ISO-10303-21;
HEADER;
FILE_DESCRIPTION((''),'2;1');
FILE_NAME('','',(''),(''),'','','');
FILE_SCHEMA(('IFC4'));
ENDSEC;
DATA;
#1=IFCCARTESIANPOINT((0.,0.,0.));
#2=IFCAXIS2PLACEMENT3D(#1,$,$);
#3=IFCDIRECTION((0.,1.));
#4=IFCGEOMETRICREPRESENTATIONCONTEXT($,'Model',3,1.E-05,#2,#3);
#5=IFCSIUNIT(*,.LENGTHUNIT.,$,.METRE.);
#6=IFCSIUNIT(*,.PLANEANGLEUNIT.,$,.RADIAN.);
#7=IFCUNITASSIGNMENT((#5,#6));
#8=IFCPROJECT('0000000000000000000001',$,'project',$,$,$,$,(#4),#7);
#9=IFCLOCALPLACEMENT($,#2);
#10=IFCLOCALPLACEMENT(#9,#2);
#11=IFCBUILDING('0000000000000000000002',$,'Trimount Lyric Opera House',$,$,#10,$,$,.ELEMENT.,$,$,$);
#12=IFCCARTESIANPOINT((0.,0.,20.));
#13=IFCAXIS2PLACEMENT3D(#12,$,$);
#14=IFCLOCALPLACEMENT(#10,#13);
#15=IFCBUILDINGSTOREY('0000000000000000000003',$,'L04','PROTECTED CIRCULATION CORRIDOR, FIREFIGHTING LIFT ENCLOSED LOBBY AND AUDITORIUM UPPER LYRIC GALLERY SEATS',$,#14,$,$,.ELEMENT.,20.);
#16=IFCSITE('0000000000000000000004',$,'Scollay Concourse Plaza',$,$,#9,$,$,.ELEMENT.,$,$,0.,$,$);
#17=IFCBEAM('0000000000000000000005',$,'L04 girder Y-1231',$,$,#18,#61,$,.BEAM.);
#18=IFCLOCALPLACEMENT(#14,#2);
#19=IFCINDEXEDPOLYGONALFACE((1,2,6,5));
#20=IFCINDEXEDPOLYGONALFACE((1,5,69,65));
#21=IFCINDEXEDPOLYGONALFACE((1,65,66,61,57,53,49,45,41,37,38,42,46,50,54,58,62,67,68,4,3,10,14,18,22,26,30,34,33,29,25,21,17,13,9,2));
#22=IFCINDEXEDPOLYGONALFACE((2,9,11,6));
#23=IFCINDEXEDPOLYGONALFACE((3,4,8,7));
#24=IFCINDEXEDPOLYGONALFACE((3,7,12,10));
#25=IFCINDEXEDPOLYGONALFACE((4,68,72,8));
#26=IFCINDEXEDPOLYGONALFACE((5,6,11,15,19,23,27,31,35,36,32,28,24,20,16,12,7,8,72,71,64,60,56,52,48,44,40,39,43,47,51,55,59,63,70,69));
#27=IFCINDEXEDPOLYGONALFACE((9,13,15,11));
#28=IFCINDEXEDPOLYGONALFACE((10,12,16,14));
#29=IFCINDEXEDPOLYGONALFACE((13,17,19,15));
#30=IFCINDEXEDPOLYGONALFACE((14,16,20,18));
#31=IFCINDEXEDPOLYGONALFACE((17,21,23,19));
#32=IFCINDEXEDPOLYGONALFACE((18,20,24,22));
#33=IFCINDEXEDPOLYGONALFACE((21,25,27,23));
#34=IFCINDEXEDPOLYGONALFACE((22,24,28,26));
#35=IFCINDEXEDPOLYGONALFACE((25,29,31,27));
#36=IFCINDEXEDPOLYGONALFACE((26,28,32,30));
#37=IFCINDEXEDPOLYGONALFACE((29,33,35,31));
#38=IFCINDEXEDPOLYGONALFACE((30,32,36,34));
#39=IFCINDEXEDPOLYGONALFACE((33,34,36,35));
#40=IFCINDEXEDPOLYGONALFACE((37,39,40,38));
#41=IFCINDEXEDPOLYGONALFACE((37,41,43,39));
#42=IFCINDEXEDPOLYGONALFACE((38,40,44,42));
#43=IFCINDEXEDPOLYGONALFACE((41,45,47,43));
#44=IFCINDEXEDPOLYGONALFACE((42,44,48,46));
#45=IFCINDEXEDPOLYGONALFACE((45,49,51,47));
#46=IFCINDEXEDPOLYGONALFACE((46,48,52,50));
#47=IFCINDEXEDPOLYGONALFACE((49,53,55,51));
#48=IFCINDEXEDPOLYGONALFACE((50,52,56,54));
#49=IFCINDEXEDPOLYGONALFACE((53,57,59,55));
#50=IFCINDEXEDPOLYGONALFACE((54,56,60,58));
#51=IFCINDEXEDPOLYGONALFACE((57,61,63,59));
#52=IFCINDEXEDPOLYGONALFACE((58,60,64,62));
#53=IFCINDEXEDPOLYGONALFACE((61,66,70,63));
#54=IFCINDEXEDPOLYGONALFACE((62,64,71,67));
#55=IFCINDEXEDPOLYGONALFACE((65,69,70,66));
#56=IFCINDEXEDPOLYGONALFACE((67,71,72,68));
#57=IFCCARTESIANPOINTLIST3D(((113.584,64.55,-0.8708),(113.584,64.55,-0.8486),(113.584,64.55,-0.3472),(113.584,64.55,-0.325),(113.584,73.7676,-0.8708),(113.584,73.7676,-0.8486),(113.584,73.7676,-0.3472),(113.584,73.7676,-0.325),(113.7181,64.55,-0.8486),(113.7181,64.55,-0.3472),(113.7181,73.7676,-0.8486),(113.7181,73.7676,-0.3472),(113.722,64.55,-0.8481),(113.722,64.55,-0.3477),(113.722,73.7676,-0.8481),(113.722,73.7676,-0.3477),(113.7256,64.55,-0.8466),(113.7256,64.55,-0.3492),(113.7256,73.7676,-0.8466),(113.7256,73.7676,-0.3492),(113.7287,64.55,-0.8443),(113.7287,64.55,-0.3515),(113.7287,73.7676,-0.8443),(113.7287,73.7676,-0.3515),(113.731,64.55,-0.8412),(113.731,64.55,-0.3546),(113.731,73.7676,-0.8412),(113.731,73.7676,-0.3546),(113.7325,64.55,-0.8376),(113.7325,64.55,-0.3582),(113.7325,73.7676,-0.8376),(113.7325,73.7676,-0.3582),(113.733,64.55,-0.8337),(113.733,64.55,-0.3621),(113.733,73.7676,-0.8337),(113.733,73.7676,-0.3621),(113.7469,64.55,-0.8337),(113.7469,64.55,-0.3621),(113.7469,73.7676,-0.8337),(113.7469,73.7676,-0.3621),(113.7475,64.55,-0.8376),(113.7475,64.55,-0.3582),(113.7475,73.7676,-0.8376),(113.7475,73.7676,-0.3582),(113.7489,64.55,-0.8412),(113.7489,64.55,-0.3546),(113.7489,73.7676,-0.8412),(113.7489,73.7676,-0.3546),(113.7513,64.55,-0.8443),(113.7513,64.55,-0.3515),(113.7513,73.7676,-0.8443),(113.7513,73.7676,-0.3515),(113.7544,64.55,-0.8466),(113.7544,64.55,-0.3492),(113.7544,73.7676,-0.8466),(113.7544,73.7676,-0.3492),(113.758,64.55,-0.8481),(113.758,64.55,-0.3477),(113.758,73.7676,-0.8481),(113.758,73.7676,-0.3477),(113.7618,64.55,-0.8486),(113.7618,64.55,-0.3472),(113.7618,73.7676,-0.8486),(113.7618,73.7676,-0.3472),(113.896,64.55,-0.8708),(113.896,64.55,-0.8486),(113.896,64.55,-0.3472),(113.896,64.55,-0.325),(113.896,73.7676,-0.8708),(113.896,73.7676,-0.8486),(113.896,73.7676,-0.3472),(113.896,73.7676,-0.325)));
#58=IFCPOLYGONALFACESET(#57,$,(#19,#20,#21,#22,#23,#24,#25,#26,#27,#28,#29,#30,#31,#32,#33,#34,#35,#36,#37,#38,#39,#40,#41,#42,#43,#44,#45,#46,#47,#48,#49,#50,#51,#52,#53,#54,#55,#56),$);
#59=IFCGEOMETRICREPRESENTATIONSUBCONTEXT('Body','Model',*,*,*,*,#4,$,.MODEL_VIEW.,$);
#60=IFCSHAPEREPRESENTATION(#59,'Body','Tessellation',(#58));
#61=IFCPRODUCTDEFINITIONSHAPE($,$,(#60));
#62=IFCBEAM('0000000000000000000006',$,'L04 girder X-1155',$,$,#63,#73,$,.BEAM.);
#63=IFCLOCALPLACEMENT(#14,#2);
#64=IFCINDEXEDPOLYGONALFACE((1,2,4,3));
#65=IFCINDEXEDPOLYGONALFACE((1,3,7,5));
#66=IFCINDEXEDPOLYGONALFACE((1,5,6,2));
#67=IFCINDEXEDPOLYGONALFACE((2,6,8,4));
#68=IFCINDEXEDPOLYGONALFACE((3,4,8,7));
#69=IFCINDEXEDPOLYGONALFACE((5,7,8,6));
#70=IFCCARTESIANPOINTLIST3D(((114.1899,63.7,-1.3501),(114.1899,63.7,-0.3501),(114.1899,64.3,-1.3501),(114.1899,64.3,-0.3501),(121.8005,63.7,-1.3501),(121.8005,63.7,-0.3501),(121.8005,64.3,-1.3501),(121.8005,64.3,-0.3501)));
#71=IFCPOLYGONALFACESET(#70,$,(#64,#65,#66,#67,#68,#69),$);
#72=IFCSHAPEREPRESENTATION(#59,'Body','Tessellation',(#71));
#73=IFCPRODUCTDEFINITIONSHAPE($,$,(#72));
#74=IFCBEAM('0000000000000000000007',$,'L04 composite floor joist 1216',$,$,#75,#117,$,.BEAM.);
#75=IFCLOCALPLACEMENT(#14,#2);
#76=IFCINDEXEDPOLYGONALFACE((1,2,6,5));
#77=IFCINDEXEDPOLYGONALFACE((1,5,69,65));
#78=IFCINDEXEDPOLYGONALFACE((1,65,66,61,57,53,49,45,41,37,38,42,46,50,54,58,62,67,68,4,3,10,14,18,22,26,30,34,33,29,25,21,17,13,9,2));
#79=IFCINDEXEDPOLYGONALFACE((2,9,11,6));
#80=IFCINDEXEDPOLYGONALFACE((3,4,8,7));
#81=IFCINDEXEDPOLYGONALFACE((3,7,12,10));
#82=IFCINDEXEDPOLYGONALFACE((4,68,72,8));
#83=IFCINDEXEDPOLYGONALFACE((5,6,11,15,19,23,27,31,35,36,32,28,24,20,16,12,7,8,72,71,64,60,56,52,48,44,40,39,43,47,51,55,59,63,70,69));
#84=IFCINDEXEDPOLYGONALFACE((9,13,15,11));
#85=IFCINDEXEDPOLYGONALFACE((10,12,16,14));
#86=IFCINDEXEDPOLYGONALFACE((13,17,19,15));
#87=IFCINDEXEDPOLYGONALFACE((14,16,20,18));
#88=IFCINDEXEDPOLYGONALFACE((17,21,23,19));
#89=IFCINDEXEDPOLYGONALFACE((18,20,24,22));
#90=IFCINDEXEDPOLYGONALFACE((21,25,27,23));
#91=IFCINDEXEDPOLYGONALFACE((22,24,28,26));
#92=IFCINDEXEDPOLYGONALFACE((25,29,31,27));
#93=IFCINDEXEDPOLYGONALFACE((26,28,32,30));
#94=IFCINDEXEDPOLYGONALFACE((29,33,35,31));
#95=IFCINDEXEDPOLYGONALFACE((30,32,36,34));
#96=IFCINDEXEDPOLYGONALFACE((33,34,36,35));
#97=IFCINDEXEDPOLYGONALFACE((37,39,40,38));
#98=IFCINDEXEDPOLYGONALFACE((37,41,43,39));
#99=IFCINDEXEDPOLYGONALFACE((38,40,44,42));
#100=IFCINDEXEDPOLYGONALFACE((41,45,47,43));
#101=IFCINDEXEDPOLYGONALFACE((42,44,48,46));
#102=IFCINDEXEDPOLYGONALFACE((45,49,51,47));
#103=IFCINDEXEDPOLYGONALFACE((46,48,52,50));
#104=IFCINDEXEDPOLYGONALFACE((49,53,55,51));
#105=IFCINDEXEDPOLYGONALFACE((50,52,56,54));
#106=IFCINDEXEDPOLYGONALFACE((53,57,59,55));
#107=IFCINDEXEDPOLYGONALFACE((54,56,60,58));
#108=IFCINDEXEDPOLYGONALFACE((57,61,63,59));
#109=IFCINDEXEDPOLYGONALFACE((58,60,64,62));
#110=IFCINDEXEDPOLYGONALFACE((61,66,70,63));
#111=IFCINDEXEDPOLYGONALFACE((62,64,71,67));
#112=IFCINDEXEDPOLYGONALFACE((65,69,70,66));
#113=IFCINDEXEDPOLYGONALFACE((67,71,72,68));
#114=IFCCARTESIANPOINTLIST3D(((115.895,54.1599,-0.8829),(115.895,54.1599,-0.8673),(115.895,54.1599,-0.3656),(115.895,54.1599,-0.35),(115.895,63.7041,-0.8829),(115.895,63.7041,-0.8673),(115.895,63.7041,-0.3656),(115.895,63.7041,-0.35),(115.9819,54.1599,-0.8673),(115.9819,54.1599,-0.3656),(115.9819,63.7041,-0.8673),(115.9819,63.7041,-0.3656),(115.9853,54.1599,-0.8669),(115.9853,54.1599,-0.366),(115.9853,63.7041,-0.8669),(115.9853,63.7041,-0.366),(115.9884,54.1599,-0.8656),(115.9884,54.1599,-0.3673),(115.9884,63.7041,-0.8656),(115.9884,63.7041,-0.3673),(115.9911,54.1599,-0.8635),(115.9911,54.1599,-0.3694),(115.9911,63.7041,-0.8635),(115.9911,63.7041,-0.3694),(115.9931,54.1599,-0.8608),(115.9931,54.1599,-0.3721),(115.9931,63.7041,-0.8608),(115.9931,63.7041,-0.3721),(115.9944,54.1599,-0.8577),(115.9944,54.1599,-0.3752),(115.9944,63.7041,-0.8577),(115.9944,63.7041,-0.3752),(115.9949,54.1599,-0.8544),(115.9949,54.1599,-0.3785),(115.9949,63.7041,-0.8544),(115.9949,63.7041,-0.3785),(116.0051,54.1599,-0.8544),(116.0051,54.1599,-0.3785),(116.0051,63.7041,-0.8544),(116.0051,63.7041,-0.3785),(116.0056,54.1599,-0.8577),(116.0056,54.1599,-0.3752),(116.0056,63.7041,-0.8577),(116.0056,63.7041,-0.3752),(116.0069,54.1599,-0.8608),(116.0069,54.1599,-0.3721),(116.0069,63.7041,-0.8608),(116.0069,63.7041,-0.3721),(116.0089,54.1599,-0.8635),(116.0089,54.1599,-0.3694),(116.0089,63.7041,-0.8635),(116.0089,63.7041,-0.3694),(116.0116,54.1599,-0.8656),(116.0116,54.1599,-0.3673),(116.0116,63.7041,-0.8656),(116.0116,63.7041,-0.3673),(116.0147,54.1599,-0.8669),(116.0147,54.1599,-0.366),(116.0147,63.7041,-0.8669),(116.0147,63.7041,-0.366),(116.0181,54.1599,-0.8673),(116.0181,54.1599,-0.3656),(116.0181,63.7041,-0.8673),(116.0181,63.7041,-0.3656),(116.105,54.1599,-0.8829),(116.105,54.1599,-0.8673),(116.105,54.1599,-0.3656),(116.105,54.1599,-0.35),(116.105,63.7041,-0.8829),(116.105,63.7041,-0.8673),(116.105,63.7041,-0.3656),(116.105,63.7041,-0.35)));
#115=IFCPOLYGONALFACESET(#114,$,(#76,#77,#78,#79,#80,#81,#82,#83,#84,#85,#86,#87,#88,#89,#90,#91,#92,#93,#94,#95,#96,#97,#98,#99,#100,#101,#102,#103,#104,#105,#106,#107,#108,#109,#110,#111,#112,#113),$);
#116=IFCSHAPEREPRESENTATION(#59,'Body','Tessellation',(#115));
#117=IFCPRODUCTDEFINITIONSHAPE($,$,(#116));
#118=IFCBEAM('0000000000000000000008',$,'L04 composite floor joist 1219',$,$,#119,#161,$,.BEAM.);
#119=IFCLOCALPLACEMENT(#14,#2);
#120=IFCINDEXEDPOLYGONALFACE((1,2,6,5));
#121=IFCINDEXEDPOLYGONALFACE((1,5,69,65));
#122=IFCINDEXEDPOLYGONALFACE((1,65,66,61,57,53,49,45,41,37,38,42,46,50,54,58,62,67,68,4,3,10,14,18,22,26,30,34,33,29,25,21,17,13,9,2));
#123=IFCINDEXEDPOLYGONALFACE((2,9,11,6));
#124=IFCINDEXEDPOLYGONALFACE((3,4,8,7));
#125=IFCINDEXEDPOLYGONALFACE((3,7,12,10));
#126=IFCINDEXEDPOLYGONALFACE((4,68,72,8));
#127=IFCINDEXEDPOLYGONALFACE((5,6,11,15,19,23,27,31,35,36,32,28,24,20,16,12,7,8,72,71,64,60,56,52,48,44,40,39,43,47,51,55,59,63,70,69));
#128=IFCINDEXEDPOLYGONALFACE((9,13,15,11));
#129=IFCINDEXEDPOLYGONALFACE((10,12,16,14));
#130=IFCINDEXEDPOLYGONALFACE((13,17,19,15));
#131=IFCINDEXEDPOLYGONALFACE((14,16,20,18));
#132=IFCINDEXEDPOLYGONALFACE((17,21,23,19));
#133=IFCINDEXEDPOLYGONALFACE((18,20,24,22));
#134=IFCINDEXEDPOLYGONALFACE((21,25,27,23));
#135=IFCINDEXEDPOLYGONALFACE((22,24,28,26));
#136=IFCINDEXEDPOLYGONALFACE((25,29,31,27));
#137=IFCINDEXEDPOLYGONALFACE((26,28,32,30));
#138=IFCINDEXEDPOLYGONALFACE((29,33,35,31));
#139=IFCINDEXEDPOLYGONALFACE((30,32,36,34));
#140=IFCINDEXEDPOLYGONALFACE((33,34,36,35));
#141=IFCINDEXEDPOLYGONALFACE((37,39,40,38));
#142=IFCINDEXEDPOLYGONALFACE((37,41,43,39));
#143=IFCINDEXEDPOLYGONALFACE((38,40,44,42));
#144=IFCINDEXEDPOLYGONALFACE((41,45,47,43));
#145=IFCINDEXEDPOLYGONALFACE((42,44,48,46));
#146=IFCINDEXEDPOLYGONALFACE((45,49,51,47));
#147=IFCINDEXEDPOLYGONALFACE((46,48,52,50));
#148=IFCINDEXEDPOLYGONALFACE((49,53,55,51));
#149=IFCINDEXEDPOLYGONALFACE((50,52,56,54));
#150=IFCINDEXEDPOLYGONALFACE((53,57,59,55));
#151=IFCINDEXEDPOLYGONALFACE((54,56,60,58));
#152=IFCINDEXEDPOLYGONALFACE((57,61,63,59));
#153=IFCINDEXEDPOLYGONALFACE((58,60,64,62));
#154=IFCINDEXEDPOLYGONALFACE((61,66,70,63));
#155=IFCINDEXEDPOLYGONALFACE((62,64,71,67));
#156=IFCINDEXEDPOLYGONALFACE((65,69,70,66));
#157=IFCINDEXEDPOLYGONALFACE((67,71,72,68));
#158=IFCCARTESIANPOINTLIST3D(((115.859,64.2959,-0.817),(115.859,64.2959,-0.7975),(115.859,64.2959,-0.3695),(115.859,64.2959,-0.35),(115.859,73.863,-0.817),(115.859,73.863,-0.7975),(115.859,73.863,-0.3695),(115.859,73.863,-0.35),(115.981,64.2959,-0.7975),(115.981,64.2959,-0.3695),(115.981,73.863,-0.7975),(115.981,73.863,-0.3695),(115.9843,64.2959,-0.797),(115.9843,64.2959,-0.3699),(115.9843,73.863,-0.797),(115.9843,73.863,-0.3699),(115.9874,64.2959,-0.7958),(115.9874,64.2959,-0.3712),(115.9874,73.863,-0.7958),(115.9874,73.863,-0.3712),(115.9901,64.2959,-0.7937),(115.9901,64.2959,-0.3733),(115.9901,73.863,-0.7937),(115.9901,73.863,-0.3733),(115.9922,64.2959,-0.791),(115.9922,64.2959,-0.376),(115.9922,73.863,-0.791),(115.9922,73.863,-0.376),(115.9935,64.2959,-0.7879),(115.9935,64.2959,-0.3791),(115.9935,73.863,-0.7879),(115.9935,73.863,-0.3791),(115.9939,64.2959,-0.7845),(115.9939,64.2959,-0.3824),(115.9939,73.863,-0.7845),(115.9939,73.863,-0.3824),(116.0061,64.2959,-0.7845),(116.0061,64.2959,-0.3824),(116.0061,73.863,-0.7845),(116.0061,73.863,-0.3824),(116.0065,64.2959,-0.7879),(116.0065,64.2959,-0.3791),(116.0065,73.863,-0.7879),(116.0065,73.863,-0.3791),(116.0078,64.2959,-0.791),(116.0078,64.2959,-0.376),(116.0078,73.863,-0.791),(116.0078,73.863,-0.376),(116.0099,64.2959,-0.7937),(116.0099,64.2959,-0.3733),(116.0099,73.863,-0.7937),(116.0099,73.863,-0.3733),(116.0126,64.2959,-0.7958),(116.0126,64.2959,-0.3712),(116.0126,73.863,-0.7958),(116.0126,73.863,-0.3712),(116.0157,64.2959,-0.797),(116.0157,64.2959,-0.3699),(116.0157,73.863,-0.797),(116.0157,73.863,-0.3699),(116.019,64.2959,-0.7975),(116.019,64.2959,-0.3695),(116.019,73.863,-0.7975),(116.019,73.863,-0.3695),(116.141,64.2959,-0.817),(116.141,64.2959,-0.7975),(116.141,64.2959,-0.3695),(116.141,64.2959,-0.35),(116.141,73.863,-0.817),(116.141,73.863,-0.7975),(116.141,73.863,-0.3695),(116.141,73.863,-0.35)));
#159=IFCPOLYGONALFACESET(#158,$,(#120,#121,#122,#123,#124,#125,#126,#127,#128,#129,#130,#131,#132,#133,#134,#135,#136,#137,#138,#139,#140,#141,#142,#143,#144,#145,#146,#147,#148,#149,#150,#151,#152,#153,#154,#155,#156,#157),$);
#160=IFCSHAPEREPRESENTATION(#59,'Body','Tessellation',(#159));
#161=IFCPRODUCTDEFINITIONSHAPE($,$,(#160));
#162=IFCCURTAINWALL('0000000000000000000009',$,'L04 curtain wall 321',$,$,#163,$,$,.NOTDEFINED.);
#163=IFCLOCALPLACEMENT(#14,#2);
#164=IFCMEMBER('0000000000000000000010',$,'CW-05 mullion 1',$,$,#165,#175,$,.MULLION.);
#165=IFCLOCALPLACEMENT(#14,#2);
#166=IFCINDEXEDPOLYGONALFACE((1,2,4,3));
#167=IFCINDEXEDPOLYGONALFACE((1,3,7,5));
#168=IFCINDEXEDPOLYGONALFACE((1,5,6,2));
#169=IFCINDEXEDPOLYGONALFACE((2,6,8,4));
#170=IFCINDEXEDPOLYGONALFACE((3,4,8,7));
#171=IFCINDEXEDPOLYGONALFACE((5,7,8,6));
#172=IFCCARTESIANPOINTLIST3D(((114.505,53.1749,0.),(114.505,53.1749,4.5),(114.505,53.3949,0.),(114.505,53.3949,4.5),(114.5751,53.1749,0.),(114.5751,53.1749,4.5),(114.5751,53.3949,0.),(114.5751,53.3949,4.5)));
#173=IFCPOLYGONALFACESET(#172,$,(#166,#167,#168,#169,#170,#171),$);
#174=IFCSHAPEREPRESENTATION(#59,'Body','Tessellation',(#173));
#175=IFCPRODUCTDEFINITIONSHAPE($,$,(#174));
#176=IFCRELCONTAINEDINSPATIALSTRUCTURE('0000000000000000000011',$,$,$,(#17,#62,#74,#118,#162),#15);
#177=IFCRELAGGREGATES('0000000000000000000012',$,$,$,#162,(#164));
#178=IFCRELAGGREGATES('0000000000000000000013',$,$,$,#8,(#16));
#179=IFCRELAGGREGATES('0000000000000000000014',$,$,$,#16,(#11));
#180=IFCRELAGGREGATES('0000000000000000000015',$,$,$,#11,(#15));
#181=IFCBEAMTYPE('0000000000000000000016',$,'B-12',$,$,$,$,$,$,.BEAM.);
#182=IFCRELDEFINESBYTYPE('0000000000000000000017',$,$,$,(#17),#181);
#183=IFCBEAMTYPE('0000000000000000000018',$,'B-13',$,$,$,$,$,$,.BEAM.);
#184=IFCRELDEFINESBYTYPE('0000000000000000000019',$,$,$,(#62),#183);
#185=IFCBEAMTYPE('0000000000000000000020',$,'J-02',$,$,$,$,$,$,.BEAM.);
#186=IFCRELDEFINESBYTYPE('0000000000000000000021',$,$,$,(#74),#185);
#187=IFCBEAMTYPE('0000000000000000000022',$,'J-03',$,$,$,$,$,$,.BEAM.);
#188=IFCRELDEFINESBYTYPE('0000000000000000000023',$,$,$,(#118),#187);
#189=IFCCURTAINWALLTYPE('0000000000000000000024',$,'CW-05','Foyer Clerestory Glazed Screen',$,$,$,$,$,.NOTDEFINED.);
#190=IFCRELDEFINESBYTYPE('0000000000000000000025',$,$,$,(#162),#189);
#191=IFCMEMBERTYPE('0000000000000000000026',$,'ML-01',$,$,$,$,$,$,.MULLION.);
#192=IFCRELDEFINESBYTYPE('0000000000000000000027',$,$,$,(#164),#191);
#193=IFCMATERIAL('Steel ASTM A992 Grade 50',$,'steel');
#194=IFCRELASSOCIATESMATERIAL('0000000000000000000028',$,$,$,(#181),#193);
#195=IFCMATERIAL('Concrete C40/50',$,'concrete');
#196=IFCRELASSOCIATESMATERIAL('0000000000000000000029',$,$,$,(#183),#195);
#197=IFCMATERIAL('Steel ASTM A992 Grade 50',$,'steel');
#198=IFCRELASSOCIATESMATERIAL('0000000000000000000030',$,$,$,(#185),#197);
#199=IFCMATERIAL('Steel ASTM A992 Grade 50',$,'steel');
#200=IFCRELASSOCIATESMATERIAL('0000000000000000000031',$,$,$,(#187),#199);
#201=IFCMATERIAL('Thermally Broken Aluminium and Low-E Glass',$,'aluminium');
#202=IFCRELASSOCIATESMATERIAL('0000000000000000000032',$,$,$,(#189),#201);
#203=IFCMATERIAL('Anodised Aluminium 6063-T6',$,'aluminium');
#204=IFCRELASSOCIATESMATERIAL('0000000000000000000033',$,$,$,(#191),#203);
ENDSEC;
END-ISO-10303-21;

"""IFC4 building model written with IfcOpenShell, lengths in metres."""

from ifc_helpers import new_model, si_unit, direction, frame, origin, origin_2d, place, context, subcontext, project, spatial, rectangle, i_section, extrude, material, material_profile, profile_set, type_object, element, aggregate, save


model = new_model("IFC4")

# Units and contexts
model_context = context("Model", 3, precision=1e-05, world=origin(), true_north=direction((0.0, 1.0)))
body_context = subcontext(model_context, "Body", "Model", "MODEL_VIEW")
ifc_project = project(units=[si_unit("LENGTHUNIT", "METRE"), si_unit("PLANEANGLEUNIT", "RADIAN")], contexts=[model_context])

# Site, building, storey
site_placement = place(None, origin())
site = spatial("IfcSite", under=ifc_project, at=site_placement, Name="Scollay Concourse Plaza", CompositionType="ELEMENT", RefElevation=0.0)
building_placement = place(site_placement, origin())
building = spatial("IfcBuilding", under=site, at=building_placement, Name="Trimount Lyric Opera House", CompositionType="ELEMENT")
storey_placement = place(building_placement, frame((0.0, 0.0, 20.0)))
storey = spatial("IfcBuildingStorey", under=building, at=storey_placement, Name="L04", Description="PROTECTED CIRCULATION CORRIDOR, FIREFIGHTING LIFT ENCLOSED LOBBY AND AUDITORIUM UPPER LYRIC GALLERY SEATS", CompositionType="ELEMENT", Elevation=20.0)

# Beams
ifc_material_1 = material(Name="Steel ASTM A992 Grade 50", Category="steel")
ifc_material_profile_1 = material_profile(ifc_material_1, i_section(OverallWidth=0.312, OverallDepth=0.5459, WebThickness=0.0139, FlangeThickness=0.0222, FilletRadius=0.0149, at=origin_2d()), Name="W21X111")
ifc_profile_set_1 = profile_set([ifc_material_profile_1], Name="Steel ASTM A992 Grade 50")
beam_type_1 = type_object("IfcBeamType", Name="B-12", PredefinedType="BEAM", material=ifc_profile_set_1)
beam_1_placement = place(storey_placement, frame((113.74, 64.55, -0.5979), z_axis=(0.0, 1.0, 0.0), x_axis=(-1.0, 0.0, 0.0)))
element("IfcBeam", 1, at=beam_1_placement, inside=storey, type_object=beam_type_1, Name="L04 girder Y-1231", PredefinedType="BEAM", context=body_context, shape_type="SweptSolid", body=[
    extrude(i_section(OverallWidth=0.312, OverallDepth=0.5459, WebThickness=0.0139, FlangeThickness=0.0222, FilletRadius=0.0149, at=origin_2d()), origin(), (0.0, 0.0, 1.0), 9.2175),
])
ifc_material_2 = material(Name="Concrete C40/50", Category="concrete")
ifc_material_profile_2 = material_profile(ifc_material_2, rectangle(XDim=0.6001, YDim=1.0, at=origin_2d()), Name="RC600X1000")
ifc_profile_set_2 = profile_set([ifc_material_profile_2], Name="Concrete C40/50")
beam_type_2 = type_object("IfcBeamType", Name="B-13", PredefinedType="BEAM", material=ifc_profile_set_2)
beam_2_placement = place(storey_placement, frame((114.1899, 64.0, -0.8501), z_axis=(1.0, 0.0, 0.0), x_axis=(0.0, 1.0, 0.0)))
element("IfcBeam", 2, at=beam_2_placement, inside=storey, type_object=beam_type_2, Name="L04 girder X-1155", PredefinedType="BEAM", context=body_context, shape_type="SweptSolid", body=[
    extrude(rectangle(XDim=0.6001, YDim=1.0, at=origin_2d()), origin(), (0.0, 0.0, 1.0), 7.6106),
])
ifc_material_3 = material(Name="Steel ASTM A992 Grade 50", Category="steel")
ifc_material_profile_3 = material_profile(ifc_material_3, i_section(OverallWidth=0.21, OverallDepth=0.533, WebThickness=0.0103, FlangeThickness=0.0156, FilletRadius=0.0129, at=origin_2d()), Name="W21X62")
ifc_profile_set_3 = profile_set([ifc_material_profile_3], Name="Steel ASTM A992 Grade 50")
beam_type_3 = type_object("IfcBeamType", Name="J-02", PredefinedType="BEAM", material=ifc_profile_set_3)
beam_3_placement = place(storey_placement, frame((116.0, 54.1599, -0.6165), z_axis=(0.0, 1.0, 0.0), x_axis=(-1.0, 0.0, 0.0)))
element("IfcBeam", 3, at=beam_3_placement, inside=storey, type_object=beam_type_3, Name="L04 composite floor joist 1216", PredefinedType="BEAM", context=body_context, shape_type="SweptSolid", body=[
    extrude(i_section(OverallWidth=0.21, OverallDepth=0.533, WebThickness=0.0103, FlangeThickness=0.0156, FilletRadius=0.0129, at=origin_2d()), origin(), (0.0, 0.0, 1.0), 9.5442),
])
ifc_material_4 = material(Name="Steel ASTM A992 Grade 50", Category="steel")
ifc_material_profile_4 = material_profile(ifc_material_4, i_section(OverallWidth=0.282, OverallDepth=0.467, WebThickness=0.0122, FlangeThickness=0.0195, FilletRadius=0.0129, at=origin_2d()), Name="W18X86")
ifc_profile_set_4 = profile_set([ifc_material_profile_4], Name="Steel ASTM A992 Grade 50")
beam_type_4 = type_object("IfcBeamType", Name="J-03", PredefinedType="BEAM", material=ifc_profile_set_4)
beam_4_placement = place(storey_placement, frame((116.0, 64.2959, -0.5835), z_axis=(0.0, 1.0, 0.0), x_axis=(-1.0, 0.0, 0.0)))
element("IfcBeam", 4, at=beam_4_placement, inside=storey, type_object=beam_type_4, Name="L04 composite floor joist 1219", PredefinedType="BEAM", context=body_context, shape_type="SweptSolid", body=[
    extrude(i_section(OverallWidth=0.282, OverallDepth=0.467, WebThickness=0.0122, FlangeThickness=0.0195, FilletRadius=0.0129, at=origin_2d()), origin(), (0.0, 0.0, 1.0), 9.5671),
])

# Curtain wall, member
ifc_material_5 = material(Name="Thermally Broken Aluminium and Low-E Glass", Category="aluminium")
curtain_wall_type = type_object("IfcCurtainWallType", Name="CW-05", Description="Foyer Clerestory Glazed Screen", PredefinedType="NOTDEFINED", material=ifc_material_5)
curtain_wall_placement = place(storey_placement, origin())
curtain_wall = element("IfcCurtainWall", 5, at=curtain_wall_placement, inside=storey, type_object=curtain_wall_type, Name="L04 curtain wall 321", PredefinedType="NOTDEFINED")
ifc_material_6 = material(Name="Anodised Aluminium 6063-T6", Category="aluminium")
ifc_material_profile_5 = material_profile(ifc_material_6, rectangle(XDim=0.0701, YDim=0.22, at=origin_2d()), Name="ALU-MULL-70X220")
ifc_profile_set_5 = profile_set([ifc_material_profile_5], Name="Anodised Aluminium 6063-T6")
member_type_1 = type_object("IfcMemberType", Name="ML-01", PredefinedType="MULLION", material=ifc_profile_set_5)
member_1_placement = place(storey_placement, frame((114.54, 53.2849, 0.0), z_axis=(0.0, 0.0, 1.0), x_axis=(1.0, 0.0, 0.0)))
member_1 = element("IfcMember", 6, at=member_1_placement, type_object=member_type_1, Name="CW-05 mullion 1", PredefinedType="MULLION", context=body_context, shape_type="SweptSolid", body=[
    extrude(rectangle(XDim=0.0701, YDim=0.22, at=origin_2d()), origin(), (0.0, 0.0, 1.0), 4.5),
])

aggregate(curtain_wall, [member_1])

save(model, "model.ifc")
